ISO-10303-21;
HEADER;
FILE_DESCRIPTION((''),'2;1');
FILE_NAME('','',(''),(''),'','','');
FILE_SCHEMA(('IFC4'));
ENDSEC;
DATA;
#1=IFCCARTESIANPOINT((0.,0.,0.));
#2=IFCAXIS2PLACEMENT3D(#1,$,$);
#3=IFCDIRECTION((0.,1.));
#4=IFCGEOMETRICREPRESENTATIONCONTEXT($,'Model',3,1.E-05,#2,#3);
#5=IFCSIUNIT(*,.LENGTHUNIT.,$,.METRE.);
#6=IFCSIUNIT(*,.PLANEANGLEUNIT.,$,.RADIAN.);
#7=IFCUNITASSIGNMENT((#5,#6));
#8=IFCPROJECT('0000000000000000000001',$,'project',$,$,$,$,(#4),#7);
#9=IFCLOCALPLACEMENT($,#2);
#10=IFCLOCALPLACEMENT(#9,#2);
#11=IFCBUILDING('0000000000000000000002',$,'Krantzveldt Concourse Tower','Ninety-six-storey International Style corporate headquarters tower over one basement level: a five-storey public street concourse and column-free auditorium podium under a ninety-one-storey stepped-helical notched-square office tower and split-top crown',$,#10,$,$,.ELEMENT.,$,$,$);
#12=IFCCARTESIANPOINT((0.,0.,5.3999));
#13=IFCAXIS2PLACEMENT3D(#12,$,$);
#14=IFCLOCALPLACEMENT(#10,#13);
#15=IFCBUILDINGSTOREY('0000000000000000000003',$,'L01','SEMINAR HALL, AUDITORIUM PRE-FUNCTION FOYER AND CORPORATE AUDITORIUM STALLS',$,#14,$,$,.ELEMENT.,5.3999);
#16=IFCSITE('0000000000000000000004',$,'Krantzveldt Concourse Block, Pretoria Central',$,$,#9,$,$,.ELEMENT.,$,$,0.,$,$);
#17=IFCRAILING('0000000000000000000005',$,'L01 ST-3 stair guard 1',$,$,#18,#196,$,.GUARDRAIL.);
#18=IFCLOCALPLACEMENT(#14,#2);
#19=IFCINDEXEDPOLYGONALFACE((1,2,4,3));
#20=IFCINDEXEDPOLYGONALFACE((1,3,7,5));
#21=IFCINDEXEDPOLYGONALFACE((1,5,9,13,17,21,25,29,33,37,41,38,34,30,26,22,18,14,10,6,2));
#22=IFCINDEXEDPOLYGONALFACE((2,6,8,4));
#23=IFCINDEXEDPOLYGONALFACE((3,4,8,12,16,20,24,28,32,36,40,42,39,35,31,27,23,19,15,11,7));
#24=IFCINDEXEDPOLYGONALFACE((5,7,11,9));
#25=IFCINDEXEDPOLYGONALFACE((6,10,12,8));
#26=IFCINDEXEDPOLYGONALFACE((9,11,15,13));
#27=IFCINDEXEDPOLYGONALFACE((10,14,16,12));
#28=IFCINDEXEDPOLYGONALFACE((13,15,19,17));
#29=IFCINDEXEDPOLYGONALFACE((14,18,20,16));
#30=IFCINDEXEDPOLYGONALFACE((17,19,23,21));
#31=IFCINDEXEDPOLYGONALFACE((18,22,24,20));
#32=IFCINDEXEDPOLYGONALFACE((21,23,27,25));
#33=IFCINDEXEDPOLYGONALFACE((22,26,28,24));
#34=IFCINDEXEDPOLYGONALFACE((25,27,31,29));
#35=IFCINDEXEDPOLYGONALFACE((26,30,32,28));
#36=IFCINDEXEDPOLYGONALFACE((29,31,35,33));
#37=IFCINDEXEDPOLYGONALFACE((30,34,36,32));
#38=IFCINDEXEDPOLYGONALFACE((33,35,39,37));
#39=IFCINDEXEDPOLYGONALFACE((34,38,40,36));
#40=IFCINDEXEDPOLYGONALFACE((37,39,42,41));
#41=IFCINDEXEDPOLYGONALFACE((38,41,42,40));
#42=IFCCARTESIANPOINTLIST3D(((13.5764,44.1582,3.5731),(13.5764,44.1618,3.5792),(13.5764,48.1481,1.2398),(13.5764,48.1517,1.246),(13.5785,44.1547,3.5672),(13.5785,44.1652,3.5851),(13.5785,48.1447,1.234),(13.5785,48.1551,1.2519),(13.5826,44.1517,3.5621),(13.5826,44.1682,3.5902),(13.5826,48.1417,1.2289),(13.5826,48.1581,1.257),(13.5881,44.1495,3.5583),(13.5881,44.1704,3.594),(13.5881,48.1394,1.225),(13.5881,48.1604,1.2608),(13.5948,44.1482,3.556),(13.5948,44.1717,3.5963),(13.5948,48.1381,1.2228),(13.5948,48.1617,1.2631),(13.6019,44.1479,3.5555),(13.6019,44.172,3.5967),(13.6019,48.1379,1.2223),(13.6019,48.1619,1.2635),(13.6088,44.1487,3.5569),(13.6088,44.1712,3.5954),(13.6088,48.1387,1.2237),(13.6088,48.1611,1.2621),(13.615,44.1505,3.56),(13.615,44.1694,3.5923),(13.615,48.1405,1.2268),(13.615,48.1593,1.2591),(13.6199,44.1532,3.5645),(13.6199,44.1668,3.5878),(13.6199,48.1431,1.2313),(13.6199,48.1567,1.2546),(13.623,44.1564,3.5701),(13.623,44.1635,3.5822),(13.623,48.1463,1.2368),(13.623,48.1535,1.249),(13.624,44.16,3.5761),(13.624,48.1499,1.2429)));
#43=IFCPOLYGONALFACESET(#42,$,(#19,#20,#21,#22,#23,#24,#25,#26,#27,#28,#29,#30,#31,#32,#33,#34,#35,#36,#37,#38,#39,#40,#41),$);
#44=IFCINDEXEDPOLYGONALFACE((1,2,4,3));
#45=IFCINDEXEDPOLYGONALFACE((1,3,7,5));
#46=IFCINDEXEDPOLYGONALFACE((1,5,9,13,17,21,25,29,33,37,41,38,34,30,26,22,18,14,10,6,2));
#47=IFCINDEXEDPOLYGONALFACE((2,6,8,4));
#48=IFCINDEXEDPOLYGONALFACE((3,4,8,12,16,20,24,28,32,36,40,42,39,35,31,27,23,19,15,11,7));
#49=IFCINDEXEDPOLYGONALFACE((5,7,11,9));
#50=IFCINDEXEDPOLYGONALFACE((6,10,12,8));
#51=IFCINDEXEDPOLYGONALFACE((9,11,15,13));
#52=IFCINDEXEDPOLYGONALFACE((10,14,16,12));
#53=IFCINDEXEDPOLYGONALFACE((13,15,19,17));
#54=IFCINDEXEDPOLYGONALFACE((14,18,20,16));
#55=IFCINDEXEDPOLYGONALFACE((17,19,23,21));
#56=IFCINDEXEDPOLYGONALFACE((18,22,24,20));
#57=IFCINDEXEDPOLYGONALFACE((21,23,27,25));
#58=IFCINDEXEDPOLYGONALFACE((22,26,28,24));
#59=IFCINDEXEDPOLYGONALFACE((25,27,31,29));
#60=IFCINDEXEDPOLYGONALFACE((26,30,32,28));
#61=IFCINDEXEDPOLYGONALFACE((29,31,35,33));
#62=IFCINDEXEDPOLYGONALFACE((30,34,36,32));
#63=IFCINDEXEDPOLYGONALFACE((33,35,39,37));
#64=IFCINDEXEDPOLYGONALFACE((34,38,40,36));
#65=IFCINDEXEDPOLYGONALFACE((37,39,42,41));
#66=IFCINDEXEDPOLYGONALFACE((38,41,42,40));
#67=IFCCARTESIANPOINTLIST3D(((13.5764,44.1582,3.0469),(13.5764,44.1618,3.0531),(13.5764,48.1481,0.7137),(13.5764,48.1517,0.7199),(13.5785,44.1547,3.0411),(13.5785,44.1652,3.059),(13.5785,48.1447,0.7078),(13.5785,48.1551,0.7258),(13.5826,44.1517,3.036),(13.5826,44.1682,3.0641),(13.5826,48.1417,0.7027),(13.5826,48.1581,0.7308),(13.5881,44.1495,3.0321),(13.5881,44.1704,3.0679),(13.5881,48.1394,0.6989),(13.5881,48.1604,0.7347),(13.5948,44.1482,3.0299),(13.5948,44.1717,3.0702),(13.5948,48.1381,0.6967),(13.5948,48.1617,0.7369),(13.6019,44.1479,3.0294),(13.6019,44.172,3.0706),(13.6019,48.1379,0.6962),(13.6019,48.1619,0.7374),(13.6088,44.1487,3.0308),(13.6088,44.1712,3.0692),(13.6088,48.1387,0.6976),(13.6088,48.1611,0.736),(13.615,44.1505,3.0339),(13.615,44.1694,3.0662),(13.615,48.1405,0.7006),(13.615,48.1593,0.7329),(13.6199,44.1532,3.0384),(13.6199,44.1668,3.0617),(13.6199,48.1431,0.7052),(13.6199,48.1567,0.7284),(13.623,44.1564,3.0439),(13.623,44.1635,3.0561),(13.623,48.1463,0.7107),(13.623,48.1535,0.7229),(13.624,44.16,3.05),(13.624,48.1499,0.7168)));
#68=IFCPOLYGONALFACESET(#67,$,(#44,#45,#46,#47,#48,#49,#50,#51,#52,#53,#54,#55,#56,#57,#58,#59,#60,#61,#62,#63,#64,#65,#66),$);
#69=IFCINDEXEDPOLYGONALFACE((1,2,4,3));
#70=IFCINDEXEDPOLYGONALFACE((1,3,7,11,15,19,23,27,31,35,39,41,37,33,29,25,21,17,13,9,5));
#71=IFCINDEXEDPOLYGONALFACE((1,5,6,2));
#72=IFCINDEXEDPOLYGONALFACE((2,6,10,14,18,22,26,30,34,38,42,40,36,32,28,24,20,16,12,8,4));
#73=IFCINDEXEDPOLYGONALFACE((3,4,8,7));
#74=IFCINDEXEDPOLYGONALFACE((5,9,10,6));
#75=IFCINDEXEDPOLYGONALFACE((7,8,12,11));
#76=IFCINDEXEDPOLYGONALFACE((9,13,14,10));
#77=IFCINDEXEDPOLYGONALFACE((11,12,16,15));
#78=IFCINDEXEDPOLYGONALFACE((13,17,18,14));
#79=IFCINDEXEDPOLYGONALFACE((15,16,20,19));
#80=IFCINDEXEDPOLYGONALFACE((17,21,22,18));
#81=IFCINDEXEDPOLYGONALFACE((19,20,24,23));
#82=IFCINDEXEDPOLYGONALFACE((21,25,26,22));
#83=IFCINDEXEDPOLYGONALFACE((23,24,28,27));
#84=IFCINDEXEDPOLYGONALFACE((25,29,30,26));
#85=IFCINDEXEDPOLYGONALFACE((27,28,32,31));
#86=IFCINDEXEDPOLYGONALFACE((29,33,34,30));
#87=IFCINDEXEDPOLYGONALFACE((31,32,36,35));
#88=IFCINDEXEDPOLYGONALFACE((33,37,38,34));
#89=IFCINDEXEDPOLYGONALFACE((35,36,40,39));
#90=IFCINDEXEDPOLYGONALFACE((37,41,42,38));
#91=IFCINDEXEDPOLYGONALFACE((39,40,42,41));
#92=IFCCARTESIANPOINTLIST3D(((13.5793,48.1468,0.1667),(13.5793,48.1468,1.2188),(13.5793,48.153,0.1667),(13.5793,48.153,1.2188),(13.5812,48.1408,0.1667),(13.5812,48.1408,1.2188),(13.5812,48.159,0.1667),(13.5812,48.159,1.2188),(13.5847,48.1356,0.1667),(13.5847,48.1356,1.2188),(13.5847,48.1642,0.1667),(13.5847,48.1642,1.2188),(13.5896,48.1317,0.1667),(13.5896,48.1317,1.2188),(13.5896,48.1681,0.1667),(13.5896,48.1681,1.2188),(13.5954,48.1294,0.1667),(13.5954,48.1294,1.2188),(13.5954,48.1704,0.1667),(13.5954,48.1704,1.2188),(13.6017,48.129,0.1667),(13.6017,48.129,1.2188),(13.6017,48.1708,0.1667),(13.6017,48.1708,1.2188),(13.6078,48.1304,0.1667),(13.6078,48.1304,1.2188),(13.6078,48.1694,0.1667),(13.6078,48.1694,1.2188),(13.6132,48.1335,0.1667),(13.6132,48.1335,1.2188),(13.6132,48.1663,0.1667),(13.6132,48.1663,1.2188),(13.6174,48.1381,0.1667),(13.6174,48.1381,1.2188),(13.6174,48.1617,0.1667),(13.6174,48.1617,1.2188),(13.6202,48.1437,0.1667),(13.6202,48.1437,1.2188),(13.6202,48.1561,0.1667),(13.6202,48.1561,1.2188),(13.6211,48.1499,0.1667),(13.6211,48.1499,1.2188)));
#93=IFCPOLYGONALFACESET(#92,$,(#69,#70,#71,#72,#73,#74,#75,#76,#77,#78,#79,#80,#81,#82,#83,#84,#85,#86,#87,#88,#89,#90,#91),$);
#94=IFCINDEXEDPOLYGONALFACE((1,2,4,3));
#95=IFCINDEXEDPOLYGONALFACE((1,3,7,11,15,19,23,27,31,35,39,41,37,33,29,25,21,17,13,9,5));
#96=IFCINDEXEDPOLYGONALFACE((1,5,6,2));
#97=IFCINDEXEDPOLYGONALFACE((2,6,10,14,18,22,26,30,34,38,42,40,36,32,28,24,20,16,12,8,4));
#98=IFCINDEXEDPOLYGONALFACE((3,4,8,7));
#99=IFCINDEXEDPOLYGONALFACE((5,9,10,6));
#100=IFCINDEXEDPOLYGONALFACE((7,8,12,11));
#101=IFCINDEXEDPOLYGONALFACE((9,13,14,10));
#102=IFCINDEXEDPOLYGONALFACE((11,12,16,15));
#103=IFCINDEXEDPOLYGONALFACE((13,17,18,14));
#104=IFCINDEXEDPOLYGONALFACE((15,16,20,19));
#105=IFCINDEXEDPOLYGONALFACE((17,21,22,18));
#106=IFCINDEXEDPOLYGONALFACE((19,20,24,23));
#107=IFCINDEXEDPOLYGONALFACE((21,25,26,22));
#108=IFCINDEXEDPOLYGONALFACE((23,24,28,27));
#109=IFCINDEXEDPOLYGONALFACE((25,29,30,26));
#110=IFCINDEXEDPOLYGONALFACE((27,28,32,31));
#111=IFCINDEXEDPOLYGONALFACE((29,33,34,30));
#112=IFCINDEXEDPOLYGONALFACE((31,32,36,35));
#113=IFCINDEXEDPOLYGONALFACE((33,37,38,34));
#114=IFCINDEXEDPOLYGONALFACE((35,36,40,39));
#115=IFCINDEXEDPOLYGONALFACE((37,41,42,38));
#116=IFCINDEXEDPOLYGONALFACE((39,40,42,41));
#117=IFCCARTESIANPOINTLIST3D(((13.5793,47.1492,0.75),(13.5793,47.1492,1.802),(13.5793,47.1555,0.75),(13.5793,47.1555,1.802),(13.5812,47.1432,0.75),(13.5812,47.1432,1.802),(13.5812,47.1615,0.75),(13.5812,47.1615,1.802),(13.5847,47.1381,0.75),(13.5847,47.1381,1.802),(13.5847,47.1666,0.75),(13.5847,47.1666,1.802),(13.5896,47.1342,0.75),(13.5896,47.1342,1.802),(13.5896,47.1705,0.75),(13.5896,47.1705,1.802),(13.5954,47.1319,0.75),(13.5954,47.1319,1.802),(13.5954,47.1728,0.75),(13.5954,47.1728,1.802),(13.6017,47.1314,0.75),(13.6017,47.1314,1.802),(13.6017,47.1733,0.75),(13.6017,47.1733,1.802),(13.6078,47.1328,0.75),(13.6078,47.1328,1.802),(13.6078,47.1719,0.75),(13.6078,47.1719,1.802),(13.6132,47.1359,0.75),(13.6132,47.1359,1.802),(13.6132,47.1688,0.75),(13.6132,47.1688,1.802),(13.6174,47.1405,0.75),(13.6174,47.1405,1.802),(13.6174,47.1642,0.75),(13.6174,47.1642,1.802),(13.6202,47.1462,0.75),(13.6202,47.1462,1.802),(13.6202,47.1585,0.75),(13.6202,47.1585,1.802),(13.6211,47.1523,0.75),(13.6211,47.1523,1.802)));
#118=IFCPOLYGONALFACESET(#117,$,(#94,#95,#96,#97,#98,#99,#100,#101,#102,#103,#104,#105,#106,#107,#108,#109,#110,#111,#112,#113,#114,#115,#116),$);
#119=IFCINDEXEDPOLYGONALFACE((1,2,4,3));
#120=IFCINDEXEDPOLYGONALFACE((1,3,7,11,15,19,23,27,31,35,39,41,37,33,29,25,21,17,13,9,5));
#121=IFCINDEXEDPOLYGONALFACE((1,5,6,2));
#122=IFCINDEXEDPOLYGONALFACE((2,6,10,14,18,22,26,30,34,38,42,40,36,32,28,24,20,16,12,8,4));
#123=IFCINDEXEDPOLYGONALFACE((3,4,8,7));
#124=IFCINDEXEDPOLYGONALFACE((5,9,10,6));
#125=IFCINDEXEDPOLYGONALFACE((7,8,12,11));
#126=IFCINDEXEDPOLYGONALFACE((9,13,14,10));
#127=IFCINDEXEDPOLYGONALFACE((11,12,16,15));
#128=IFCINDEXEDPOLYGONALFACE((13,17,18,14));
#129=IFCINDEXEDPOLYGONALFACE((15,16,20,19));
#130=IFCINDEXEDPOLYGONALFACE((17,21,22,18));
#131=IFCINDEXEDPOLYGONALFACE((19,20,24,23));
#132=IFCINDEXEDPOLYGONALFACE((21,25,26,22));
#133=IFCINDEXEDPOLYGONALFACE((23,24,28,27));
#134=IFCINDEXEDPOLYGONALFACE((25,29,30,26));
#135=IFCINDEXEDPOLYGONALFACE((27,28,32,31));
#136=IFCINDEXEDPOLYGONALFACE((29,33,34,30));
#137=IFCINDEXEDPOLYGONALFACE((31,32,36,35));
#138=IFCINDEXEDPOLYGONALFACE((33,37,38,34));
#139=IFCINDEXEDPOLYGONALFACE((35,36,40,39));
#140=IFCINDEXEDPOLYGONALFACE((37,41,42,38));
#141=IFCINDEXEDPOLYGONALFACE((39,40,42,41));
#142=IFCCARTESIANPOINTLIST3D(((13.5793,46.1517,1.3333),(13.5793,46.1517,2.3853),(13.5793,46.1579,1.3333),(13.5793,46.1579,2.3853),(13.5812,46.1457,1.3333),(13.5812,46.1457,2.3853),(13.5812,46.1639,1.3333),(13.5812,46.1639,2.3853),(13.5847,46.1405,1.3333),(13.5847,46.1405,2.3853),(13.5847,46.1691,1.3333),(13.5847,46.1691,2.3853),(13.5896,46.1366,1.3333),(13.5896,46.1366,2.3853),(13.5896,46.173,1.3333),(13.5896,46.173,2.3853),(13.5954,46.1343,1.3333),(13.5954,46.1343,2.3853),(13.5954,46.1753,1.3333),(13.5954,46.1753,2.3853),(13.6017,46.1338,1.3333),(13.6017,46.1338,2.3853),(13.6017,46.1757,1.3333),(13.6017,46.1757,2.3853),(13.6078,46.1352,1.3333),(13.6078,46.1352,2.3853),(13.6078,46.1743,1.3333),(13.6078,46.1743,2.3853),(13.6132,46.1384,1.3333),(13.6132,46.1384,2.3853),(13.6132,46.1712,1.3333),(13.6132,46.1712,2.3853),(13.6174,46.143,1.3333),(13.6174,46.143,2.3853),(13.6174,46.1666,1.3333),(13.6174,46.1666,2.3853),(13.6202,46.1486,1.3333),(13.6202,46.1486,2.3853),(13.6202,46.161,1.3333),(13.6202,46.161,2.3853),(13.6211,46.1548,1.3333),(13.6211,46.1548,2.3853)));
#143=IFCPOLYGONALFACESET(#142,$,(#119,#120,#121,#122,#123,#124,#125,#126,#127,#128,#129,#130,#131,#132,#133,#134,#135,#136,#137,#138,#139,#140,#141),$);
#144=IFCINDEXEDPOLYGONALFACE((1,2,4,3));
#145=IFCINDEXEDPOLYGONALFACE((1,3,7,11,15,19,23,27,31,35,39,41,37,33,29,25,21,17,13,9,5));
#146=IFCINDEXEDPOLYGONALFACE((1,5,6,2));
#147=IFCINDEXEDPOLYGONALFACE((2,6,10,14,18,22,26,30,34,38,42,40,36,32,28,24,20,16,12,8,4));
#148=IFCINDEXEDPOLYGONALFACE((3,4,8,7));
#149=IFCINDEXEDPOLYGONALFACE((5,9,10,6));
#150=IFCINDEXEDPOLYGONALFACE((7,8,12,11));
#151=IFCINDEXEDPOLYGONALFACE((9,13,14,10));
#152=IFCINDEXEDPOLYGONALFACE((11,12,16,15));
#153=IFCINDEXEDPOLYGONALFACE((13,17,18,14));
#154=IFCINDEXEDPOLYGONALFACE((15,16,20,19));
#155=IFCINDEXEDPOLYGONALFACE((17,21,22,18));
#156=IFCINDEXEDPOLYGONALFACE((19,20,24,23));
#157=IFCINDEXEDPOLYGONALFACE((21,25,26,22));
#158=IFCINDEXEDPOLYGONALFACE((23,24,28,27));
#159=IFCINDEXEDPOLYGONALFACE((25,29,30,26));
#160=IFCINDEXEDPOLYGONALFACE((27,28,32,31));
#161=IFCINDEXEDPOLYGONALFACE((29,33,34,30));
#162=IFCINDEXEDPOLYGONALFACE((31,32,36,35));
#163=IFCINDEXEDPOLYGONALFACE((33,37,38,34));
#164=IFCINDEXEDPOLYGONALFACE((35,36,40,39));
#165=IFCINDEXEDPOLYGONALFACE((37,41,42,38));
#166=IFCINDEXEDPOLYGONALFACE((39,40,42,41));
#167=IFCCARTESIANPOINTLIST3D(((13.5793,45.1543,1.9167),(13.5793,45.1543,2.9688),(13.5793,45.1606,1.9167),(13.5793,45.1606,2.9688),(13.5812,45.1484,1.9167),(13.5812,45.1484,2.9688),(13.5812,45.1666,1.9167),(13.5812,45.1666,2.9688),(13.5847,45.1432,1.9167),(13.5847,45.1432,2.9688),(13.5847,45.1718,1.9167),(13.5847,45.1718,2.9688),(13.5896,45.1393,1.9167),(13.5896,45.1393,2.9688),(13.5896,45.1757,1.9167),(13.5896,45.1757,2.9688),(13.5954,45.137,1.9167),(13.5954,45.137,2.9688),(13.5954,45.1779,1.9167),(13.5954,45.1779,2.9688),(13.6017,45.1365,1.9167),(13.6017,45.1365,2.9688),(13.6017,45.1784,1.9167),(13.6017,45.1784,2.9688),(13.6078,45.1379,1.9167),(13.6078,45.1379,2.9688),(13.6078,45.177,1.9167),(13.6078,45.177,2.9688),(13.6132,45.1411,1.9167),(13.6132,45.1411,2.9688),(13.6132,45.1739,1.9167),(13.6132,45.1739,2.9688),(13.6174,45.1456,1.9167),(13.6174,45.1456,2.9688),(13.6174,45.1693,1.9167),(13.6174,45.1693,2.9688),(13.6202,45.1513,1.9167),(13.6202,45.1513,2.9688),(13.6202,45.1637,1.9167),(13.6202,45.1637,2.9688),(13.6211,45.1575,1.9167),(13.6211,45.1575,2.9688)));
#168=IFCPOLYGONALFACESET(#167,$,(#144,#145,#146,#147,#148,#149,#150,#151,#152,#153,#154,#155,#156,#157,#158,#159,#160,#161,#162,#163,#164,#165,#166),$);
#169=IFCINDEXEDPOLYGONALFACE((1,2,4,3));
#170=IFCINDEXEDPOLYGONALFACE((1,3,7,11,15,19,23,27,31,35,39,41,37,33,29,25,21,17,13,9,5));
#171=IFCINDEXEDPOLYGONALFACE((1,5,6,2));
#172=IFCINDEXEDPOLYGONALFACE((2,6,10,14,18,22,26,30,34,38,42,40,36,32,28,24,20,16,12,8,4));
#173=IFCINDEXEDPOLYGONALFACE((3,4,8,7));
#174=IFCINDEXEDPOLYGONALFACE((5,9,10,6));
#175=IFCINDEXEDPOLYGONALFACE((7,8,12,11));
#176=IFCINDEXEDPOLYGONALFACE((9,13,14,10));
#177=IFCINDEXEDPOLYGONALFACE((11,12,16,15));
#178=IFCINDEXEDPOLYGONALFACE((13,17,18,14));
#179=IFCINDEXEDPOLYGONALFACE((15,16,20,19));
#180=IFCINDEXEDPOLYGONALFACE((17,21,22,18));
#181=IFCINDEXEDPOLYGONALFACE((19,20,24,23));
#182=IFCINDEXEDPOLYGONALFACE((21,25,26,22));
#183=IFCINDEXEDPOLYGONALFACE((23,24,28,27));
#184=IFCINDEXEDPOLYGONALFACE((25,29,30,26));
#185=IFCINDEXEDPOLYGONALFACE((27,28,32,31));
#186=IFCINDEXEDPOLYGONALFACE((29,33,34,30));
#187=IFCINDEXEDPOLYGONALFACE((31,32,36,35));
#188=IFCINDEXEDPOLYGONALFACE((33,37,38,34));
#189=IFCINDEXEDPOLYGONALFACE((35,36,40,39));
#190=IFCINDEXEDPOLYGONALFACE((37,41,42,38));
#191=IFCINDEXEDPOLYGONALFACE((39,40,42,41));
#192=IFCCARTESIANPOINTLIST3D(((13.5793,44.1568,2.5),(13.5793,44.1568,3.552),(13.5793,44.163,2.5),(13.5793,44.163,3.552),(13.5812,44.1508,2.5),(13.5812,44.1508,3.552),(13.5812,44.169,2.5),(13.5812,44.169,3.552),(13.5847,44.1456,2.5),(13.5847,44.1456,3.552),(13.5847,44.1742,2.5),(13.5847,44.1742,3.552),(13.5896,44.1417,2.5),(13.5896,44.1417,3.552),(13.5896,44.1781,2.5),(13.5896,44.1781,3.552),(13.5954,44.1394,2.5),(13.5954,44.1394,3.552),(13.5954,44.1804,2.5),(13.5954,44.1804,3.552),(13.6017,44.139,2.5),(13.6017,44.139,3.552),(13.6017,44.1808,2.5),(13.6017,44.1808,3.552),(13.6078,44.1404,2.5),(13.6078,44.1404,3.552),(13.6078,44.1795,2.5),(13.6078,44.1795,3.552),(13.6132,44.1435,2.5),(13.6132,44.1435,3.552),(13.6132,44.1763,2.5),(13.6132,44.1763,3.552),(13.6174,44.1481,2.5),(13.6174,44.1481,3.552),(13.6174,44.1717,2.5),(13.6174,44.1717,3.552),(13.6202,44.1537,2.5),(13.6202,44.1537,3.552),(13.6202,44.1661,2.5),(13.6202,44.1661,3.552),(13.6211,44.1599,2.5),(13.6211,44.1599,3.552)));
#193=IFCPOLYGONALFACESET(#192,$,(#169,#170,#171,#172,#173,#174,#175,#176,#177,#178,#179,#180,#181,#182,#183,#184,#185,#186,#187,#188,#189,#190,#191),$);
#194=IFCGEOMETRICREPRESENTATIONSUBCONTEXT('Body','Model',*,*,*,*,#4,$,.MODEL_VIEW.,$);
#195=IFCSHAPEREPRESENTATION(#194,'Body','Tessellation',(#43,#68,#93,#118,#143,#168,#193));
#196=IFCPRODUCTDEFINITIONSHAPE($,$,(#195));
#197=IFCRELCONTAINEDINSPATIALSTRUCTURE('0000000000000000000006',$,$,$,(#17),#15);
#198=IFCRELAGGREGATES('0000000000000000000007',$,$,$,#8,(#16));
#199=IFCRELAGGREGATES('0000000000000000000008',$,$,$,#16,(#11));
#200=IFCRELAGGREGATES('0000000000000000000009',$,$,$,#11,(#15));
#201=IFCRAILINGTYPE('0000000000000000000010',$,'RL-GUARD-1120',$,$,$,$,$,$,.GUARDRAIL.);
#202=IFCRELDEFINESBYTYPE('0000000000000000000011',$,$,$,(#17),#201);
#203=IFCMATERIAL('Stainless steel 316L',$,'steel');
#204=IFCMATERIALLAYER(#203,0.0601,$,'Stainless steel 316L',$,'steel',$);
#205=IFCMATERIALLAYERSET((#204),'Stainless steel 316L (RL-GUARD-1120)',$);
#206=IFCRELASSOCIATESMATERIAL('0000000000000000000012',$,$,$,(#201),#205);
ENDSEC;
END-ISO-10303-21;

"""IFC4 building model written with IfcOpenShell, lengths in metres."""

from ifc_helpers import new_model, si_unit, direction, frame, origin, origin_2d, place, context, subcontext, project, spatial, circle, extrude, material, layer, layer_set, type_object, element, save


model = new_model("IFC4")

# Units and contexts
model_context = context("Model", 3, precision=1e-05, world=origin(), true_north=direction((0.0, 1.0)))
body_context = subcontext(model_context, "Body", "Model", "MODEL_VIEW")
ifc_project = project(units=[si_unit("LENGTHUNIT", "METRE"), si_unit("PLANEANGLEUNIT", "RADIAN")], contexts=[model_context])

# Site, building, storey
site_placement = place(None, origin())
site = spatial("IfcSite", under=ifc_project, at=site_placement, Name="Krantzveldt Concourse Block, Pretoria Central", CompositionType="ELEMENT", RefElevation=0.0)
building_placement = place(site_placement, origin())
building = spatial("IfcBuilding", under=site, at=building_placement, Name="Krantzveldt Concourse Tower", Description="Ninety-six-storey International Style corporate headquarters tower over one basement level: a five-storey public street concourse and column-free auditorium podium under a ninety-one-storey stepped-helical notched-square office tower and split-top crown", CompositionType="ELEMENT")
storey_placement = place(building_placement, frame((0.0, 0.0, 5.3999)))
storey = spatial("IfcBuildingStorey", under=building, at=storey_placement, Name="L01", Description="SEMINAR HALL, AUDITORIUM PRE-FUNCTION FOYER AND CORPORATE AUDITORIUM STALLS", CompositionType="ELEMENT", Elevation=5.3999)

# Railing
ifc_material_1 = material(Name="Stainless steel 316L", Category="steel")
ifc_layer_1 = layer(ifc_material_1, 0.0601, Name="Stainless steel 316L", Category="steel")
ifc_layer_set_1 = layer_set([ifc_layer_1], Name="Stainless steel 316L (RL-GUARD-1120)")
railing_type_1 = type_object("IfcRailingType", Name="RL-GUARD-1120", PredefinedType="GUARDRAIL", material=ifc_layer_set_1)
railing_1_placement = place(storey_placement, frame((13.6001, 48.1499, 0.1667)))
element("IfcRailing", 1, at=railing_1_placement, inside=storey, type_object=railing_type_1, Name="L01 ST-3 stair guard 1", PredefinedType="GUARDRAIL", context=body_context, shape_type="SweptSolid", body=[
    extrude(circle(Radius=0.0239, at=origin_2d()), frame((0.0, 0.0, 1.0762), z_axis=(0.0, -0.863236, 0.5048), x_axis=(1.0, 0.0, 0.0)), (0.0, 0.0, 1.0), 4.6221),
    extrude(circle(Radius=0.0239, at=origin_2d()), frame((0.0, 0.0, 0.55), z_axis=(0.0, -0.863236, 0.5048), x_axis=(1.0, 0.0, 0.0)), (0.0, 0.0, 1.0), 4.6221),
    extrude(circle(Radius=0.021, at=origin_2d()), origin(), (0.0, 0.0, 1.0), 1.052),
    extrude(circle(Radius=0.021, at=origin_2d()), frame((0.0, -0.9976, 0.5833)), (0.0, 0.0, 1.0), 1.052),
    extrude(circle(Radius=0.021, at=origin_2d()), frame((0.0, -1.9951, 1.1665)), (0.0, 0.0, 1.0), 1.052),
    extrude(circle(Radius=0.021, at=origin_2d()), frame((0.0, -2.9924, 1.75)), (0.0, 0.0, 1.0), 1.052),
    extrude(circle(Radius=0.021, at=origin_2d()), frame((0.0, -3.99, 2.3333)), (0.0, 0.0, 1.0), 1.052),
])

save(model, "model.ifc")
